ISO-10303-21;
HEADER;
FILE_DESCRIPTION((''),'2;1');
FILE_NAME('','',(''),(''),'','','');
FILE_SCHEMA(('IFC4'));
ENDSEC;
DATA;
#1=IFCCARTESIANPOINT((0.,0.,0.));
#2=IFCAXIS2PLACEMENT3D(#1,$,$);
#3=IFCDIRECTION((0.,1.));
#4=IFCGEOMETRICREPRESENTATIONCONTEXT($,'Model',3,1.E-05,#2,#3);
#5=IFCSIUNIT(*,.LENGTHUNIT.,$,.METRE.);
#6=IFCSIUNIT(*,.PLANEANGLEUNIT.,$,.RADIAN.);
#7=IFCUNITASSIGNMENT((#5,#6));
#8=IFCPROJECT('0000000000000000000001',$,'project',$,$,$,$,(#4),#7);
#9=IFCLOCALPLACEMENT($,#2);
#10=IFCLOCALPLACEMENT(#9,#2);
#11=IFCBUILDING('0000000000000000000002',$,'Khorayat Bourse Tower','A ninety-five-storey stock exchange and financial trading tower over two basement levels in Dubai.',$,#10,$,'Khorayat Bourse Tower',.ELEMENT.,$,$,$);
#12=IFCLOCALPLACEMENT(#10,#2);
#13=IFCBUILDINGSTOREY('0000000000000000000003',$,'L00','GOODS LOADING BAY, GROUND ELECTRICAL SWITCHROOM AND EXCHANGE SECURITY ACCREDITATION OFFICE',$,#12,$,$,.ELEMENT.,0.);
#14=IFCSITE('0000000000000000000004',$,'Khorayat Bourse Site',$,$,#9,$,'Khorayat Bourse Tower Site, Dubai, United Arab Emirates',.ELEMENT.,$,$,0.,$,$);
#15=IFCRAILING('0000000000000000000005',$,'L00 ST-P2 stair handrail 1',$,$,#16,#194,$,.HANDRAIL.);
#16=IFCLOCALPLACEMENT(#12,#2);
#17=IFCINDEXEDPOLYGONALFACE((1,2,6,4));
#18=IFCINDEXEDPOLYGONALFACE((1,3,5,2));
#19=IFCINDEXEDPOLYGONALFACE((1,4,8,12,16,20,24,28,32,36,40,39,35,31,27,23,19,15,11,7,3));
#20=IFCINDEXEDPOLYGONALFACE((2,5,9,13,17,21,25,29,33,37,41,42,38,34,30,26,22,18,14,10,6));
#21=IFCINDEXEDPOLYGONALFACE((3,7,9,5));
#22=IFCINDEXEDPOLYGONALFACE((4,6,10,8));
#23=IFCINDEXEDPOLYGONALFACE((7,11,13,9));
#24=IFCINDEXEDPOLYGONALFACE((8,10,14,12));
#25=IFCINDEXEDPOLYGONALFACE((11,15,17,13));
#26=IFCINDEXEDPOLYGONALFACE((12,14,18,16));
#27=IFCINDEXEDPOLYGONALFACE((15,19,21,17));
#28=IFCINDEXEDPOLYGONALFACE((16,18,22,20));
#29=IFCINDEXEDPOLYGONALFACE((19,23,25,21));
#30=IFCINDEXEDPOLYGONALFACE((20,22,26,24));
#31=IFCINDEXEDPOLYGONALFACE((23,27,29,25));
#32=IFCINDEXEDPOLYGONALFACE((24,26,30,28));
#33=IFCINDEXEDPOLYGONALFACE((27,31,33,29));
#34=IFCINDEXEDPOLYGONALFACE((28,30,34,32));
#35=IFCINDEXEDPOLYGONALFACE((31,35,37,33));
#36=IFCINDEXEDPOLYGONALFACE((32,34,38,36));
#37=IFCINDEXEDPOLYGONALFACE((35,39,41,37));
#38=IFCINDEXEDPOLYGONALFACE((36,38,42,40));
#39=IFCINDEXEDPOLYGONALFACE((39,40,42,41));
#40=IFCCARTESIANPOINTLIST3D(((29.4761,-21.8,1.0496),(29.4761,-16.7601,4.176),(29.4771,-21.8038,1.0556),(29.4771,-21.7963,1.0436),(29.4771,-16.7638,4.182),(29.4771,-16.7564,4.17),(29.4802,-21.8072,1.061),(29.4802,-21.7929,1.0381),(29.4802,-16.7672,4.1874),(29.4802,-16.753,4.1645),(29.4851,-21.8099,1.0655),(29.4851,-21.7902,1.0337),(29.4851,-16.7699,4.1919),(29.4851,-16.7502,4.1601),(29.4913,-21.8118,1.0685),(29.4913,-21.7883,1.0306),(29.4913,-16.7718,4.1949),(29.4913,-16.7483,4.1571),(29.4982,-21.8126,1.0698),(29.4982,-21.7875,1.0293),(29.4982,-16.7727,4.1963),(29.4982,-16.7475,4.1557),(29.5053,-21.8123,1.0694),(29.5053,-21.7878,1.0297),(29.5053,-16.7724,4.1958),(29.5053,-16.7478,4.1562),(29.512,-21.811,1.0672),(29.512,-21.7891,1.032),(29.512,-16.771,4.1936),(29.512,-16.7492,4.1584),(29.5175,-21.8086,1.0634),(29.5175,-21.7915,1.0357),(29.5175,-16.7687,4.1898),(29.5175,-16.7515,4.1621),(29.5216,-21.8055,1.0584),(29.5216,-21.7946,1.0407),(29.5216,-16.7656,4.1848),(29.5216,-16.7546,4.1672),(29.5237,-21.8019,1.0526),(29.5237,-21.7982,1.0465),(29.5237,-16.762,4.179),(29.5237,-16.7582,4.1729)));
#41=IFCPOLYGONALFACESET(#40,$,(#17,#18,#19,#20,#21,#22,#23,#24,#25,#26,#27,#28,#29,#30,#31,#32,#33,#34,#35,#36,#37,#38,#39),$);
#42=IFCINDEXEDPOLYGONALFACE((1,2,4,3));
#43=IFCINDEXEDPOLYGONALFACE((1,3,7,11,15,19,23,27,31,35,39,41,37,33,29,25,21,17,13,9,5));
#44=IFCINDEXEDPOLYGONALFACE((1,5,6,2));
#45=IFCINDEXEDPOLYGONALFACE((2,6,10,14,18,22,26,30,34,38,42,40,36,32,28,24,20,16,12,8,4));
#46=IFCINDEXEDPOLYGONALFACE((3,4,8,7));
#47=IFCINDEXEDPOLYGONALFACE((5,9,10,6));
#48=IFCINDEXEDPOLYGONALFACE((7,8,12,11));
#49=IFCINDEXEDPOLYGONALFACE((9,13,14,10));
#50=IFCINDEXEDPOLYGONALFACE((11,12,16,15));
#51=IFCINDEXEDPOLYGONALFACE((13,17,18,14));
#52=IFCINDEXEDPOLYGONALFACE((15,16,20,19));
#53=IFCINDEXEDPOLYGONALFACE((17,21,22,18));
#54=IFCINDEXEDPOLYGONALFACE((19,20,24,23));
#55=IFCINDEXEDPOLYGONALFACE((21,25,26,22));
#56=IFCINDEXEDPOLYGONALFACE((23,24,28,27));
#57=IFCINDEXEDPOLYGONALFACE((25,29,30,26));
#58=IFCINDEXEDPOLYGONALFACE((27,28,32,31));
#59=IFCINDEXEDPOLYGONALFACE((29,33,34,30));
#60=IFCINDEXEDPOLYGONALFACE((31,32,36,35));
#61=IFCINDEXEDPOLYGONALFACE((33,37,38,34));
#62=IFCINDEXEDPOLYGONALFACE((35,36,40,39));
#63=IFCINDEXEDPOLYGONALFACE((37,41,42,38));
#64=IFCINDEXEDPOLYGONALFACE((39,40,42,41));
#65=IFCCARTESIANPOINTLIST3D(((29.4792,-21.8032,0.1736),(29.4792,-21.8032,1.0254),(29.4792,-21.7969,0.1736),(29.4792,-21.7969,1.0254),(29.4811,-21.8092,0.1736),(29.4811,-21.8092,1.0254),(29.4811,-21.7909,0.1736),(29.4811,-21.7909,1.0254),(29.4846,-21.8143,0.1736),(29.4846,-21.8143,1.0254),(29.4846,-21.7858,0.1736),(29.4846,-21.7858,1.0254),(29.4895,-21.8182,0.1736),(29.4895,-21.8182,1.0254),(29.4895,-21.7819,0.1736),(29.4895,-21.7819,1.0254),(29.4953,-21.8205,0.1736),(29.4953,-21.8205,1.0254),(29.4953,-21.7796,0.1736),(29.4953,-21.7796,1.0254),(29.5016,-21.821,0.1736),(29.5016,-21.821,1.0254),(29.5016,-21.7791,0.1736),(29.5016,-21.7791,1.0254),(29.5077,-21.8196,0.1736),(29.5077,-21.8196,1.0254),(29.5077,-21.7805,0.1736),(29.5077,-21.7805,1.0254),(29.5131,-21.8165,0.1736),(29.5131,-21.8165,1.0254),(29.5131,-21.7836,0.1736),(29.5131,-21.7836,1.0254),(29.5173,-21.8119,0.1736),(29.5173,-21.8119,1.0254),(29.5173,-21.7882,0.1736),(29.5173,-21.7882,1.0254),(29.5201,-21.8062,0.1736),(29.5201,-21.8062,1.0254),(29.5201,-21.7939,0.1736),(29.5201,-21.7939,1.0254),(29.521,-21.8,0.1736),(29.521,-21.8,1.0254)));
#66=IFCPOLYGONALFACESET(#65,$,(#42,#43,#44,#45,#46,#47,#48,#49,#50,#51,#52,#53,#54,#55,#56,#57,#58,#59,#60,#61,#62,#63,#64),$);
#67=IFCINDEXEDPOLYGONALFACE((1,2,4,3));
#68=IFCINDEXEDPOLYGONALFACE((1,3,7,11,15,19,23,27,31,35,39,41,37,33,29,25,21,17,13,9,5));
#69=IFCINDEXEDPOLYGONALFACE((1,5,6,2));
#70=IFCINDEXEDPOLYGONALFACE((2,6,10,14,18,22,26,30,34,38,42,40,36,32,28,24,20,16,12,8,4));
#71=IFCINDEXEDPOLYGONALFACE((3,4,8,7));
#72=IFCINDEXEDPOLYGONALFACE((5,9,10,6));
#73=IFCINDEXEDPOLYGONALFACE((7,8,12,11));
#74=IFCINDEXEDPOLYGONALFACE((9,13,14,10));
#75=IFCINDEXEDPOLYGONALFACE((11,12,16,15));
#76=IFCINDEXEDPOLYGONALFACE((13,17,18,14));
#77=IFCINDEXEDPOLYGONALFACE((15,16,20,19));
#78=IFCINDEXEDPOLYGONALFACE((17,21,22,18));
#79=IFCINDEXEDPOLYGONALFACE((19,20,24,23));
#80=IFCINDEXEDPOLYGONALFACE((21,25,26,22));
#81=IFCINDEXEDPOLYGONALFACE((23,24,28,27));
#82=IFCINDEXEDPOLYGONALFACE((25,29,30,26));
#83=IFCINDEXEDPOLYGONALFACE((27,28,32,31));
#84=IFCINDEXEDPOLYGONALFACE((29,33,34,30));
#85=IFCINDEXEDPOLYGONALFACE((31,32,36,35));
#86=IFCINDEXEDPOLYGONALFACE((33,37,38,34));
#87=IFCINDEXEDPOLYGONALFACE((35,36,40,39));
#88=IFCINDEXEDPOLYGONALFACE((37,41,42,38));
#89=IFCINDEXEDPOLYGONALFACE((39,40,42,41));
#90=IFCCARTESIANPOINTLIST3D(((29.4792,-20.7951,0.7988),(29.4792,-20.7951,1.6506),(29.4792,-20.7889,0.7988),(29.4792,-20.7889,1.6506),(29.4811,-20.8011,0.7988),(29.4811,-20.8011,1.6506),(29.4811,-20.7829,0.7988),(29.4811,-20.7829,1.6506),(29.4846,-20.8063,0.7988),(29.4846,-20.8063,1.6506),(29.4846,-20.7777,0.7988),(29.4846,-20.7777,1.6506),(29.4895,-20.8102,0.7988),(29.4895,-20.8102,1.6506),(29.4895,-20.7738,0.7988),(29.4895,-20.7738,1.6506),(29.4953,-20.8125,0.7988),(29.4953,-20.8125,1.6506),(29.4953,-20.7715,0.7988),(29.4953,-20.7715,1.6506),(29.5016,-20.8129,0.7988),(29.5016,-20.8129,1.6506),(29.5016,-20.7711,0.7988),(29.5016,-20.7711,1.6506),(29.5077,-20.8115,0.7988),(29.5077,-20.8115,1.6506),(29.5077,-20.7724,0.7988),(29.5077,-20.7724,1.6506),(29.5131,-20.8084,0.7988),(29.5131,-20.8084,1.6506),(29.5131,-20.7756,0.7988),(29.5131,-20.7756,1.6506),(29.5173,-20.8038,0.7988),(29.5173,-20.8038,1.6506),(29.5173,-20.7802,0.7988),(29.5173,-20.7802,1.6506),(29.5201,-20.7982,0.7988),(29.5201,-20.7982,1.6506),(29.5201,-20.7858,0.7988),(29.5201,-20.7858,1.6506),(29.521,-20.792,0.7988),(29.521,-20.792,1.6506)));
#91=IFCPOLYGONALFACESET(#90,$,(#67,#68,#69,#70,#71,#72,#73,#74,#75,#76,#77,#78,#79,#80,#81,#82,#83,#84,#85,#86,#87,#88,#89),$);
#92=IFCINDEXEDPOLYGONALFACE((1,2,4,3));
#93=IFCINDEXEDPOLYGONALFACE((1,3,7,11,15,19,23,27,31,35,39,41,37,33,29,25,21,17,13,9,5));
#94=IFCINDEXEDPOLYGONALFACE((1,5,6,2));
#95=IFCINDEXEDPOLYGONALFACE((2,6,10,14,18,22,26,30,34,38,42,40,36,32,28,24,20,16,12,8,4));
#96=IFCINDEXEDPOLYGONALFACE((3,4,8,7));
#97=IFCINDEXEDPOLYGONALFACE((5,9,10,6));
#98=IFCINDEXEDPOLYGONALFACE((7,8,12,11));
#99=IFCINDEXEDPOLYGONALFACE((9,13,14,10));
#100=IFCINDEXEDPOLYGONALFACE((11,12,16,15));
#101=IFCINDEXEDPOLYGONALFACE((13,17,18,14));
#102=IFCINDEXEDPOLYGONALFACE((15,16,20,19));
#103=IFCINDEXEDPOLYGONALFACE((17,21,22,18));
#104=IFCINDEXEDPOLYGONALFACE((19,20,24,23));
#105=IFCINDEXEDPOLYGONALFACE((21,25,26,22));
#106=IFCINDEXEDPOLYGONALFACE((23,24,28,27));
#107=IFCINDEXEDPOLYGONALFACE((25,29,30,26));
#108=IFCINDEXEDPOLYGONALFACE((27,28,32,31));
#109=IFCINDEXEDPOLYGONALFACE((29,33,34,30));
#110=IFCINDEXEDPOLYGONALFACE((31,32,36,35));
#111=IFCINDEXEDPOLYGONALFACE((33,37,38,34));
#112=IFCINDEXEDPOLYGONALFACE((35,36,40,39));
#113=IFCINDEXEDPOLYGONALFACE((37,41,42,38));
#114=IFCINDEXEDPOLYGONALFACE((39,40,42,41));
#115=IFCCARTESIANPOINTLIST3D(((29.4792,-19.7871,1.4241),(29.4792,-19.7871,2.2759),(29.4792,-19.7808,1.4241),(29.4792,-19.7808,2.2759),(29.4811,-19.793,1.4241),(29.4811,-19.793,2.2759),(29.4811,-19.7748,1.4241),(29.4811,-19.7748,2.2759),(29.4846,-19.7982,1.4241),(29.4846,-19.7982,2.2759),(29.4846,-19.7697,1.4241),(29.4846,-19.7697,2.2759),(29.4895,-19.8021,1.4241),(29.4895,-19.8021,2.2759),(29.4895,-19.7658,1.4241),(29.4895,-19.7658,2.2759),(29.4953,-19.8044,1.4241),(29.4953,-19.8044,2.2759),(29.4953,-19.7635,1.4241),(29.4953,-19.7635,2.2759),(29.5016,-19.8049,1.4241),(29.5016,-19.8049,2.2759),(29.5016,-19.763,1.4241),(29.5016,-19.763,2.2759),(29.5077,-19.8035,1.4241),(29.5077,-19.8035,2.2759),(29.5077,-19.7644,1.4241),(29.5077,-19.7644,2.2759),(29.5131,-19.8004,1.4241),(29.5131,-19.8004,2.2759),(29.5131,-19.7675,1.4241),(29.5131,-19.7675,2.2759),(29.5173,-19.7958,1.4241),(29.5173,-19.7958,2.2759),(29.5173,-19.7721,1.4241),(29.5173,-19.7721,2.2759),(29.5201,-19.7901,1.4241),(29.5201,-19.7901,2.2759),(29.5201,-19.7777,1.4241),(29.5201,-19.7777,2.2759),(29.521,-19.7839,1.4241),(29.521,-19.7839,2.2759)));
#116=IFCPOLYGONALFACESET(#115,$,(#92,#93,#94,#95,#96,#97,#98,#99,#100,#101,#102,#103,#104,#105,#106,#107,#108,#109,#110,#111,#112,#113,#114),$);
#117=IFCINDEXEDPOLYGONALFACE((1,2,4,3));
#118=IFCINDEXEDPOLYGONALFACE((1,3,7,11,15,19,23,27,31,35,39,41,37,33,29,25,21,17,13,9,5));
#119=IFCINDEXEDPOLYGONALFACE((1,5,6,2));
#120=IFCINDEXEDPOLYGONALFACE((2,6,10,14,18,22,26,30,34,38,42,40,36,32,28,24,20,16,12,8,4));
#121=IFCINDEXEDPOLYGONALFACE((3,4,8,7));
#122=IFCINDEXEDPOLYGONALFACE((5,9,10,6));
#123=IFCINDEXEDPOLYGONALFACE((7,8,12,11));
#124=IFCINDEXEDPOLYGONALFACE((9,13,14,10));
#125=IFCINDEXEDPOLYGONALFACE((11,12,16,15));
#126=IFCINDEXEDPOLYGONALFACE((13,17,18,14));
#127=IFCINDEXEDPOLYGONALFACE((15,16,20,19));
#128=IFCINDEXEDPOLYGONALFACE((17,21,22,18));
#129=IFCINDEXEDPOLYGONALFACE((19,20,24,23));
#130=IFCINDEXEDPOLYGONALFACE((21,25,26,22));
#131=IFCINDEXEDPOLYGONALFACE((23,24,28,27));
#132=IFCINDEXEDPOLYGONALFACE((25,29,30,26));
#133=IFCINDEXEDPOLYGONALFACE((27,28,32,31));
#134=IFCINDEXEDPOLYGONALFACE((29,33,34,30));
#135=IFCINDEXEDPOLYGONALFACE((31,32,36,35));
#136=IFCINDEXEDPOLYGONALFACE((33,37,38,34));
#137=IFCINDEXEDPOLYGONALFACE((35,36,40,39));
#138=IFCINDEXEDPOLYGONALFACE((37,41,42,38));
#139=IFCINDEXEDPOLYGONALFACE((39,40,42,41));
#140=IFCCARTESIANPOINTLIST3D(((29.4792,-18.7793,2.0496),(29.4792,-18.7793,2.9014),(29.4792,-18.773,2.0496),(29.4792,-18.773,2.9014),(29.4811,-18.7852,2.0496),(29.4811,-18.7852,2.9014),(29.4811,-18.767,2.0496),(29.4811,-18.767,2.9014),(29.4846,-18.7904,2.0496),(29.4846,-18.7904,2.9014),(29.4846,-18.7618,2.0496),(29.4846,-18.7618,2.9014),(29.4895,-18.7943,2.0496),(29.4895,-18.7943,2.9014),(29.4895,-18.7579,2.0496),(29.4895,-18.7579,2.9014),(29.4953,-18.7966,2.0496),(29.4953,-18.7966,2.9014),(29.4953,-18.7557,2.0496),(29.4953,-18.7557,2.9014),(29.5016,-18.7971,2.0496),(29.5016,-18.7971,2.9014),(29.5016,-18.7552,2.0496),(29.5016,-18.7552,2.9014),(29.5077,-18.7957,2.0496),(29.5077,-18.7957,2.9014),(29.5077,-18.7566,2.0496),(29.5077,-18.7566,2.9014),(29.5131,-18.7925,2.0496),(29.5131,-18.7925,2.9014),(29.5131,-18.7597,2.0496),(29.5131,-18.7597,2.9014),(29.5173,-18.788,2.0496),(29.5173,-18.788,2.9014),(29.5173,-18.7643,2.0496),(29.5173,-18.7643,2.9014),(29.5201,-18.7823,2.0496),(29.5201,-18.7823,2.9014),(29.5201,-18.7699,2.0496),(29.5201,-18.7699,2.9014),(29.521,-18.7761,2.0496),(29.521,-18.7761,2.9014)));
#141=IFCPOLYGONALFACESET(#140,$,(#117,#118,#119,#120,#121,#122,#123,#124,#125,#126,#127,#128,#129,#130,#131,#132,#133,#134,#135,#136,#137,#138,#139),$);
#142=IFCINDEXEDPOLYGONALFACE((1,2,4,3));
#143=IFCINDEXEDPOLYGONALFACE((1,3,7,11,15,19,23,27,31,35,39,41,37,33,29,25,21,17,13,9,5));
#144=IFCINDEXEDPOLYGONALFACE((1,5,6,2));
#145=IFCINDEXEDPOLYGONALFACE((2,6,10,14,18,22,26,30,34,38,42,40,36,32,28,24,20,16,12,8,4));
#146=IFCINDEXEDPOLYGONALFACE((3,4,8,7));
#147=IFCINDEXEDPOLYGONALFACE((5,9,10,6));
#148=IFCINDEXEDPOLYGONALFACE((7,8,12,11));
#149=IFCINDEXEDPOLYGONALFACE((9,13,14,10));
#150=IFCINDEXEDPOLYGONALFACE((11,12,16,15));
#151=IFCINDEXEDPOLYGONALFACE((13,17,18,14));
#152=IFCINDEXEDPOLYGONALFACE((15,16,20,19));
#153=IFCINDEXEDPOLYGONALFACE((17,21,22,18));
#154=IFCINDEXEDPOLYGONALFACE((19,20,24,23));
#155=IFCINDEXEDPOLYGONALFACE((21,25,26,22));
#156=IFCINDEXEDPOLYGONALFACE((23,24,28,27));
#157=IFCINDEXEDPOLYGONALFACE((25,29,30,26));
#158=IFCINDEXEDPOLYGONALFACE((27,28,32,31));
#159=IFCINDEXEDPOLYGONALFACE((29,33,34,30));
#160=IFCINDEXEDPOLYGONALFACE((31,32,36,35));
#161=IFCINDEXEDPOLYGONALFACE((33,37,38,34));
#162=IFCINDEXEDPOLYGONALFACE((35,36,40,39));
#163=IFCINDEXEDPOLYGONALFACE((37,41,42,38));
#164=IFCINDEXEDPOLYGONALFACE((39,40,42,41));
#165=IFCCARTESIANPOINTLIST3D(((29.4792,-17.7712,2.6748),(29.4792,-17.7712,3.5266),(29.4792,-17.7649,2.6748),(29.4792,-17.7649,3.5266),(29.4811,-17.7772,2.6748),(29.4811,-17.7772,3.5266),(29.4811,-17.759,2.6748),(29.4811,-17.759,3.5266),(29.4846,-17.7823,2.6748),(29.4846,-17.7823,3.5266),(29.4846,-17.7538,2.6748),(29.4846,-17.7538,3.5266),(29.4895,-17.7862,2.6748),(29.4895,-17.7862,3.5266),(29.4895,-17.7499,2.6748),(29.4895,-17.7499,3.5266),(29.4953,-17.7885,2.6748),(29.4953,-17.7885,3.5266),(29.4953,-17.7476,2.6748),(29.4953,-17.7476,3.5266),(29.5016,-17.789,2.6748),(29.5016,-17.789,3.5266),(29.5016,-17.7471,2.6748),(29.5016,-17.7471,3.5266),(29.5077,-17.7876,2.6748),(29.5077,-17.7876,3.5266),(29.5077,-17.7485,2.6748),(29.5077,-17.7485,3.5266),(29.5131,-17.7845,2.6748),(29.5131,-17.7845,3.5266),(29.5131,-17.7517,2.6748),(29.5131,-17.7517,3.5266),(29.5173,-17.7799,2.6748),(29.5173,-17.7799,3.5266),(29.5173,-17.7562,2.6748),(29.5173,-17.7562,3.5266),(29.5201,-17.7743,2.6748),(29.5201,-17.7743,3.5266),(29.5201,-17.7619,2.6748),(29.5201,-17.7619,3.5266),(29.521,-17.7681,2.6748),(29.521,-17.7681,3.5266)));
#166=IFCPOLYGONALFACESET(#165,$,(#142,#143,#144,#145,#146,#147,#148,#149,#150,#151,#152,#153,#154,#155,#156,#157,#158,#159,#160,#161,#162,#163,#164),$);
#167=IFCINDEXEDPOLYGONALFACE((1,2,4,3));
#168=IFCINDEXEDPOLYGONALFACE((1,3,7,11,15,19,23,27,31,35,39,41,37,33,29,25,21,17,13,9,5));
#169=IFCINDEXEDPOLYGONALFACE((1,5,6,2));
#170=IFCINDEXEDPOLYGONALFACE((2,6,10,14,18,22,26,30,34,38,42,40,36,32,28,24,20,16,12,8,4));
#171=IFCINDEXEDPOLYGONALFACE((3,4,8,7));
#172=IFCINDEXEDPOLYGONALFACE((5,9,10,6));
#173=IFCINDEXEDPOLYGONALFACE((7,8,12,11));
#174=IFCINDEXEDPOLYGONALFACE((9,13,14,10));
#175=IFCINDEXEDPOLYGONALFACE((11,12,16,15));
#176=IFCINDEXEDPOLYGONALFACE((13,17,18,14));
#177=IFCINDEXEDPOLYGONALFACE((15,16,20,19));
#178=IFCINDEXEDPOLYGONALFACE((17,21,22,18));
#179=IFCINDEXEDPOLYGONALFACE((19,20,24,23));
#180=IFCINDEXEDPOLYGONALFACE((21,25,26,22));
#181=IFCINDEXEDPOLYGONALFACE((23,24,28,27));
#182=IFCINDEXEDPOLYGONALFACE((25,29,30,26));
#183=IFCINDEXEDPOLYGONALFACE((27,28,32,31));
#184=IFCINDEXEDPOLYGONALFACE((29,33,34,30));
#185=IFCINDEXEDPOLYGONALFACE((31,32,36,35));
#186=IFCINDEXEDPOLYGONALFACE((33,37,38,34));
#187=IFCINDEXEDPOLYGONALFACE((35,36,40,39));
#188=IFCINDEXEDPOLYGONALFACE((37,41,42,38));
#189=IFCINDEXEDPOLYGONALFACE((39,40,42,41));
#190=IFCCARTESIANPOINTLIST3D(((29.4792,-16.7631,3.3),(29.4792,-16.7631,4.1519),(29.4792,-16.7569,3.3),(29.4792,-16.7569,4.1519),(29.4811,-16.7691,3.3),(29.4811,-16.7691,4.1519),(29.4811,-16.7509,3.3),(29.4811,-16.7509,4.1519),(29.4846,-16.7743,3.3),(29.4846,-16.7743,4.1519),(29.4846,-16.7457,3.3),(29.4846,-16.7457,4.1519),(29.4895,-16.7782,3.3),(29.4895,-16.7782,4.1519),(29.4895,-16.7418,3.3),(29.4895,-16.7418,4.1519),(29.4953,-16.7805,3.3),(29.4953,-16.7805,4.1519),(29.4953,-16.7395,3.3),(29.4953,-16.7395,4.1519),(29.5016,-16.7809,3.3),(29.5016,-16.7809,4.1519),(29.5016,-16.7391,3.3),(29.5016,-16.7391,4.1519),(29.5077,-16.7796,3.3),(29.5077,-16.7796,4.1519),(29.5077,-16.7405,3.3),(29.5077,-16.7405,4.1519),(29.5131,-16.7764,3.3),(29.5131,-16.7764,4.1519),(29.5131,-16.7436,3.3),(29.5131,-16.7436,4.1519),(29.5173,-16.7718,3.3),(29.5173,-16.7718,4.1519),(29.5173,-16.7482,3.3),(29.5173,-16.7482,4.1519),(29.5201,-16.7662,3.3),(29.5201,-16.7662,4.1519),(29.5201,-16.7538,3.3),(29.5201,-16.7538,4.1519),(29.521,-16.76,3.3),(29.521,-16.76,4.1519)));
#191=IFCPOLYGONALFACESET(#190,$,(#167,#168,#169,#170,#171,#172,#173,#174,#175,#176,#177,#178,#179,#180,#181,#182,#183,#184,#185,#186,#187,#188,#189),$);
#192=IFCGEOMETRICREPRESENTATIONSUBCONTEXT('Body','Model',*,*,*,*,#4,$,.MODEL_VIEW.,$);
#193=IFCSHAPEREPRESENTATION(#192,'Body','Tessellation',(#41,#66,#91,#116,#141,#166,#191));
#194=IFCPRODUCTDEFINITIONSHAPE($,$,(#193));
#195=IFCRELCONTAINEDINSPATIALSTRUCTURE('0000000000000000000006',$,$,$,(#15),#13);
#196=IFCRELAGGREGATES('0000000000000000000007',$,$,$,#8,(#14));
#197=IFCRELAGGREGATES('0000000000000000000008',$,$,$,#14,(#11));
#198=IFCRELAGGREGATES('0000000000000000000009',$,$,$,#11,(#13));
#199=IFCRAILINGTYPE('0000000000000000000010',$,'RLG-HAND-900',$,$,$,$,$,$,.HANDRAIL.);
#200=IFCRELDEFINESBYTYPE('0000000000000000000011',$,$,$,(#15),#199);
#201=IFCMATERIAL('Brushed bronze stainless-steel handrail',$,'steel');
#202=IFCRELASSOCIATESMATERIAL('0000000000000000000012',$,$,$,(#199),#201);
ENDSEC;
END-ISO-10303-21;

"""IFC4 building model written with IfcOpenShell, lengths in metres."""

from ifc_helpers import new_model, si_unit, direction, frame, origin, origin_2d, place, context, subcontext, project, spatial, circle, extrude, source, transform, mapped, material, type_object, element, save


model = new_model("IFC4")

# Units and contexts
model_context = context("Model", 3, precision=1e-05, world=origin(), true_north=direction((0.0, 1.0)))
body_context = subcontext(model_context, "Body", "Model", "MODEL_VIEW")
ifc_project = project(units=[si_unit("LENGTHUNIT", "METRE"), si_unit("PLANEANGLEUNIT", "RADIAN")], contexts=[model_context])

# Site, building, storey
site_placement = place(None, origin())
site = spatial("IfcSite", under=ifc_project, at=site_placement, Name="Khorayat Bourse Site", LongName="Khorayat Bourse Tower Site, Dubai, United Arab Emirates", CompositionType="ELEMENT", RefElevation=0.0)
building_placement = place(site_placement, origin())
building = spatial("IfcBuilding", under=site, at=building_placement, Name="Khorayat Bourse Tower", Description="A ninety-five-storey stock exchange and financial trading tower over two basement levels in Dubai.", LongName="Khorayat Bourse Tower", CompositionType="ELEMENT")
storey_placement = place(building_placement, origin())
storey = spatial("IfcBuildingStorey", under=building, at=storey_placement, Name="L00", Description="GOODS LOADING BAY, GROUND ELECTRICAL SWITCHROOM AND EXCHANGE SECURITY ACCREDITATION OFFICE", CompositionType="ELEMENT", Elevation=0.0)

# Railing
ifc_material_1 = material(Name="Brushed bronze stainless-steel handrail", Category="steel")
railing_type_1 = type_object("IfcRailingType", Name="RLG-HAND-900", PredefinedType="HANDRAIL", material=ifc_material_1)
shared_shape_1 = source(origin(), body_context, "Body", "SweptSolid", [
    extrude(circle(Radius=0.0239, at=origin_2d()), frame((0.0, 0.0, 0.876), z_axis=(0.0, 0.849779, 0.527139), x_axis=(-1.0, 0.0, 0.0)), (0.0, 0.0, 1.0), 5.9309),
    extrude(circle(Radius=0.021, at=origin_2d()), origin(), (0.0, 0.0, 1.0), 0.8518),
    extrude(circle(Radius=0.021, at=origin_2d()), frame((0.0, 1.0081, 0.6252)), (0.0, 0.0, 1.0), 0.8518),
    extrude(circle(Radius=0.021, at=origin_2d()), frame((0.0, 2.0161, 1.2505)), (0.0, 0.0, 1.0), 0.8518),
    extrude(circle(Radius=0.021, at=origin_2d()), frame((0.0, 3.0239, 1.876)), (0.0, 0.0, 1.0), 0.8518),
    extrude(circle(Radius=0.021, at=origin_2d()), frame((0.0, 4.032, 2.5012)), (0.0, 0.0, 1.0), 0.8518),
    extrude(circle(Radius=0.021, at=origin_2d()), frame((0.0, 5.04, 3.1265)), (0.0, 0.0, 1.0), 0.8518),
])
railing_1_placement = place(storey_placement, frame((29.5, -21.8, 0.1736)))
element("IfcRailing", 1, at=railing_1_placement, inside=storey, type_object=railing_type_1, Name="L00 ST-P2 stair handrail 1", PredefinedType="HANDRAIL", context=body_context, shape_type="MappedRepresentation", body=[
    mapped(shared_shape_1, transform((0.0, 0.0, 0.0), scale=1.0)),
])

save(model, "model.ifc")
